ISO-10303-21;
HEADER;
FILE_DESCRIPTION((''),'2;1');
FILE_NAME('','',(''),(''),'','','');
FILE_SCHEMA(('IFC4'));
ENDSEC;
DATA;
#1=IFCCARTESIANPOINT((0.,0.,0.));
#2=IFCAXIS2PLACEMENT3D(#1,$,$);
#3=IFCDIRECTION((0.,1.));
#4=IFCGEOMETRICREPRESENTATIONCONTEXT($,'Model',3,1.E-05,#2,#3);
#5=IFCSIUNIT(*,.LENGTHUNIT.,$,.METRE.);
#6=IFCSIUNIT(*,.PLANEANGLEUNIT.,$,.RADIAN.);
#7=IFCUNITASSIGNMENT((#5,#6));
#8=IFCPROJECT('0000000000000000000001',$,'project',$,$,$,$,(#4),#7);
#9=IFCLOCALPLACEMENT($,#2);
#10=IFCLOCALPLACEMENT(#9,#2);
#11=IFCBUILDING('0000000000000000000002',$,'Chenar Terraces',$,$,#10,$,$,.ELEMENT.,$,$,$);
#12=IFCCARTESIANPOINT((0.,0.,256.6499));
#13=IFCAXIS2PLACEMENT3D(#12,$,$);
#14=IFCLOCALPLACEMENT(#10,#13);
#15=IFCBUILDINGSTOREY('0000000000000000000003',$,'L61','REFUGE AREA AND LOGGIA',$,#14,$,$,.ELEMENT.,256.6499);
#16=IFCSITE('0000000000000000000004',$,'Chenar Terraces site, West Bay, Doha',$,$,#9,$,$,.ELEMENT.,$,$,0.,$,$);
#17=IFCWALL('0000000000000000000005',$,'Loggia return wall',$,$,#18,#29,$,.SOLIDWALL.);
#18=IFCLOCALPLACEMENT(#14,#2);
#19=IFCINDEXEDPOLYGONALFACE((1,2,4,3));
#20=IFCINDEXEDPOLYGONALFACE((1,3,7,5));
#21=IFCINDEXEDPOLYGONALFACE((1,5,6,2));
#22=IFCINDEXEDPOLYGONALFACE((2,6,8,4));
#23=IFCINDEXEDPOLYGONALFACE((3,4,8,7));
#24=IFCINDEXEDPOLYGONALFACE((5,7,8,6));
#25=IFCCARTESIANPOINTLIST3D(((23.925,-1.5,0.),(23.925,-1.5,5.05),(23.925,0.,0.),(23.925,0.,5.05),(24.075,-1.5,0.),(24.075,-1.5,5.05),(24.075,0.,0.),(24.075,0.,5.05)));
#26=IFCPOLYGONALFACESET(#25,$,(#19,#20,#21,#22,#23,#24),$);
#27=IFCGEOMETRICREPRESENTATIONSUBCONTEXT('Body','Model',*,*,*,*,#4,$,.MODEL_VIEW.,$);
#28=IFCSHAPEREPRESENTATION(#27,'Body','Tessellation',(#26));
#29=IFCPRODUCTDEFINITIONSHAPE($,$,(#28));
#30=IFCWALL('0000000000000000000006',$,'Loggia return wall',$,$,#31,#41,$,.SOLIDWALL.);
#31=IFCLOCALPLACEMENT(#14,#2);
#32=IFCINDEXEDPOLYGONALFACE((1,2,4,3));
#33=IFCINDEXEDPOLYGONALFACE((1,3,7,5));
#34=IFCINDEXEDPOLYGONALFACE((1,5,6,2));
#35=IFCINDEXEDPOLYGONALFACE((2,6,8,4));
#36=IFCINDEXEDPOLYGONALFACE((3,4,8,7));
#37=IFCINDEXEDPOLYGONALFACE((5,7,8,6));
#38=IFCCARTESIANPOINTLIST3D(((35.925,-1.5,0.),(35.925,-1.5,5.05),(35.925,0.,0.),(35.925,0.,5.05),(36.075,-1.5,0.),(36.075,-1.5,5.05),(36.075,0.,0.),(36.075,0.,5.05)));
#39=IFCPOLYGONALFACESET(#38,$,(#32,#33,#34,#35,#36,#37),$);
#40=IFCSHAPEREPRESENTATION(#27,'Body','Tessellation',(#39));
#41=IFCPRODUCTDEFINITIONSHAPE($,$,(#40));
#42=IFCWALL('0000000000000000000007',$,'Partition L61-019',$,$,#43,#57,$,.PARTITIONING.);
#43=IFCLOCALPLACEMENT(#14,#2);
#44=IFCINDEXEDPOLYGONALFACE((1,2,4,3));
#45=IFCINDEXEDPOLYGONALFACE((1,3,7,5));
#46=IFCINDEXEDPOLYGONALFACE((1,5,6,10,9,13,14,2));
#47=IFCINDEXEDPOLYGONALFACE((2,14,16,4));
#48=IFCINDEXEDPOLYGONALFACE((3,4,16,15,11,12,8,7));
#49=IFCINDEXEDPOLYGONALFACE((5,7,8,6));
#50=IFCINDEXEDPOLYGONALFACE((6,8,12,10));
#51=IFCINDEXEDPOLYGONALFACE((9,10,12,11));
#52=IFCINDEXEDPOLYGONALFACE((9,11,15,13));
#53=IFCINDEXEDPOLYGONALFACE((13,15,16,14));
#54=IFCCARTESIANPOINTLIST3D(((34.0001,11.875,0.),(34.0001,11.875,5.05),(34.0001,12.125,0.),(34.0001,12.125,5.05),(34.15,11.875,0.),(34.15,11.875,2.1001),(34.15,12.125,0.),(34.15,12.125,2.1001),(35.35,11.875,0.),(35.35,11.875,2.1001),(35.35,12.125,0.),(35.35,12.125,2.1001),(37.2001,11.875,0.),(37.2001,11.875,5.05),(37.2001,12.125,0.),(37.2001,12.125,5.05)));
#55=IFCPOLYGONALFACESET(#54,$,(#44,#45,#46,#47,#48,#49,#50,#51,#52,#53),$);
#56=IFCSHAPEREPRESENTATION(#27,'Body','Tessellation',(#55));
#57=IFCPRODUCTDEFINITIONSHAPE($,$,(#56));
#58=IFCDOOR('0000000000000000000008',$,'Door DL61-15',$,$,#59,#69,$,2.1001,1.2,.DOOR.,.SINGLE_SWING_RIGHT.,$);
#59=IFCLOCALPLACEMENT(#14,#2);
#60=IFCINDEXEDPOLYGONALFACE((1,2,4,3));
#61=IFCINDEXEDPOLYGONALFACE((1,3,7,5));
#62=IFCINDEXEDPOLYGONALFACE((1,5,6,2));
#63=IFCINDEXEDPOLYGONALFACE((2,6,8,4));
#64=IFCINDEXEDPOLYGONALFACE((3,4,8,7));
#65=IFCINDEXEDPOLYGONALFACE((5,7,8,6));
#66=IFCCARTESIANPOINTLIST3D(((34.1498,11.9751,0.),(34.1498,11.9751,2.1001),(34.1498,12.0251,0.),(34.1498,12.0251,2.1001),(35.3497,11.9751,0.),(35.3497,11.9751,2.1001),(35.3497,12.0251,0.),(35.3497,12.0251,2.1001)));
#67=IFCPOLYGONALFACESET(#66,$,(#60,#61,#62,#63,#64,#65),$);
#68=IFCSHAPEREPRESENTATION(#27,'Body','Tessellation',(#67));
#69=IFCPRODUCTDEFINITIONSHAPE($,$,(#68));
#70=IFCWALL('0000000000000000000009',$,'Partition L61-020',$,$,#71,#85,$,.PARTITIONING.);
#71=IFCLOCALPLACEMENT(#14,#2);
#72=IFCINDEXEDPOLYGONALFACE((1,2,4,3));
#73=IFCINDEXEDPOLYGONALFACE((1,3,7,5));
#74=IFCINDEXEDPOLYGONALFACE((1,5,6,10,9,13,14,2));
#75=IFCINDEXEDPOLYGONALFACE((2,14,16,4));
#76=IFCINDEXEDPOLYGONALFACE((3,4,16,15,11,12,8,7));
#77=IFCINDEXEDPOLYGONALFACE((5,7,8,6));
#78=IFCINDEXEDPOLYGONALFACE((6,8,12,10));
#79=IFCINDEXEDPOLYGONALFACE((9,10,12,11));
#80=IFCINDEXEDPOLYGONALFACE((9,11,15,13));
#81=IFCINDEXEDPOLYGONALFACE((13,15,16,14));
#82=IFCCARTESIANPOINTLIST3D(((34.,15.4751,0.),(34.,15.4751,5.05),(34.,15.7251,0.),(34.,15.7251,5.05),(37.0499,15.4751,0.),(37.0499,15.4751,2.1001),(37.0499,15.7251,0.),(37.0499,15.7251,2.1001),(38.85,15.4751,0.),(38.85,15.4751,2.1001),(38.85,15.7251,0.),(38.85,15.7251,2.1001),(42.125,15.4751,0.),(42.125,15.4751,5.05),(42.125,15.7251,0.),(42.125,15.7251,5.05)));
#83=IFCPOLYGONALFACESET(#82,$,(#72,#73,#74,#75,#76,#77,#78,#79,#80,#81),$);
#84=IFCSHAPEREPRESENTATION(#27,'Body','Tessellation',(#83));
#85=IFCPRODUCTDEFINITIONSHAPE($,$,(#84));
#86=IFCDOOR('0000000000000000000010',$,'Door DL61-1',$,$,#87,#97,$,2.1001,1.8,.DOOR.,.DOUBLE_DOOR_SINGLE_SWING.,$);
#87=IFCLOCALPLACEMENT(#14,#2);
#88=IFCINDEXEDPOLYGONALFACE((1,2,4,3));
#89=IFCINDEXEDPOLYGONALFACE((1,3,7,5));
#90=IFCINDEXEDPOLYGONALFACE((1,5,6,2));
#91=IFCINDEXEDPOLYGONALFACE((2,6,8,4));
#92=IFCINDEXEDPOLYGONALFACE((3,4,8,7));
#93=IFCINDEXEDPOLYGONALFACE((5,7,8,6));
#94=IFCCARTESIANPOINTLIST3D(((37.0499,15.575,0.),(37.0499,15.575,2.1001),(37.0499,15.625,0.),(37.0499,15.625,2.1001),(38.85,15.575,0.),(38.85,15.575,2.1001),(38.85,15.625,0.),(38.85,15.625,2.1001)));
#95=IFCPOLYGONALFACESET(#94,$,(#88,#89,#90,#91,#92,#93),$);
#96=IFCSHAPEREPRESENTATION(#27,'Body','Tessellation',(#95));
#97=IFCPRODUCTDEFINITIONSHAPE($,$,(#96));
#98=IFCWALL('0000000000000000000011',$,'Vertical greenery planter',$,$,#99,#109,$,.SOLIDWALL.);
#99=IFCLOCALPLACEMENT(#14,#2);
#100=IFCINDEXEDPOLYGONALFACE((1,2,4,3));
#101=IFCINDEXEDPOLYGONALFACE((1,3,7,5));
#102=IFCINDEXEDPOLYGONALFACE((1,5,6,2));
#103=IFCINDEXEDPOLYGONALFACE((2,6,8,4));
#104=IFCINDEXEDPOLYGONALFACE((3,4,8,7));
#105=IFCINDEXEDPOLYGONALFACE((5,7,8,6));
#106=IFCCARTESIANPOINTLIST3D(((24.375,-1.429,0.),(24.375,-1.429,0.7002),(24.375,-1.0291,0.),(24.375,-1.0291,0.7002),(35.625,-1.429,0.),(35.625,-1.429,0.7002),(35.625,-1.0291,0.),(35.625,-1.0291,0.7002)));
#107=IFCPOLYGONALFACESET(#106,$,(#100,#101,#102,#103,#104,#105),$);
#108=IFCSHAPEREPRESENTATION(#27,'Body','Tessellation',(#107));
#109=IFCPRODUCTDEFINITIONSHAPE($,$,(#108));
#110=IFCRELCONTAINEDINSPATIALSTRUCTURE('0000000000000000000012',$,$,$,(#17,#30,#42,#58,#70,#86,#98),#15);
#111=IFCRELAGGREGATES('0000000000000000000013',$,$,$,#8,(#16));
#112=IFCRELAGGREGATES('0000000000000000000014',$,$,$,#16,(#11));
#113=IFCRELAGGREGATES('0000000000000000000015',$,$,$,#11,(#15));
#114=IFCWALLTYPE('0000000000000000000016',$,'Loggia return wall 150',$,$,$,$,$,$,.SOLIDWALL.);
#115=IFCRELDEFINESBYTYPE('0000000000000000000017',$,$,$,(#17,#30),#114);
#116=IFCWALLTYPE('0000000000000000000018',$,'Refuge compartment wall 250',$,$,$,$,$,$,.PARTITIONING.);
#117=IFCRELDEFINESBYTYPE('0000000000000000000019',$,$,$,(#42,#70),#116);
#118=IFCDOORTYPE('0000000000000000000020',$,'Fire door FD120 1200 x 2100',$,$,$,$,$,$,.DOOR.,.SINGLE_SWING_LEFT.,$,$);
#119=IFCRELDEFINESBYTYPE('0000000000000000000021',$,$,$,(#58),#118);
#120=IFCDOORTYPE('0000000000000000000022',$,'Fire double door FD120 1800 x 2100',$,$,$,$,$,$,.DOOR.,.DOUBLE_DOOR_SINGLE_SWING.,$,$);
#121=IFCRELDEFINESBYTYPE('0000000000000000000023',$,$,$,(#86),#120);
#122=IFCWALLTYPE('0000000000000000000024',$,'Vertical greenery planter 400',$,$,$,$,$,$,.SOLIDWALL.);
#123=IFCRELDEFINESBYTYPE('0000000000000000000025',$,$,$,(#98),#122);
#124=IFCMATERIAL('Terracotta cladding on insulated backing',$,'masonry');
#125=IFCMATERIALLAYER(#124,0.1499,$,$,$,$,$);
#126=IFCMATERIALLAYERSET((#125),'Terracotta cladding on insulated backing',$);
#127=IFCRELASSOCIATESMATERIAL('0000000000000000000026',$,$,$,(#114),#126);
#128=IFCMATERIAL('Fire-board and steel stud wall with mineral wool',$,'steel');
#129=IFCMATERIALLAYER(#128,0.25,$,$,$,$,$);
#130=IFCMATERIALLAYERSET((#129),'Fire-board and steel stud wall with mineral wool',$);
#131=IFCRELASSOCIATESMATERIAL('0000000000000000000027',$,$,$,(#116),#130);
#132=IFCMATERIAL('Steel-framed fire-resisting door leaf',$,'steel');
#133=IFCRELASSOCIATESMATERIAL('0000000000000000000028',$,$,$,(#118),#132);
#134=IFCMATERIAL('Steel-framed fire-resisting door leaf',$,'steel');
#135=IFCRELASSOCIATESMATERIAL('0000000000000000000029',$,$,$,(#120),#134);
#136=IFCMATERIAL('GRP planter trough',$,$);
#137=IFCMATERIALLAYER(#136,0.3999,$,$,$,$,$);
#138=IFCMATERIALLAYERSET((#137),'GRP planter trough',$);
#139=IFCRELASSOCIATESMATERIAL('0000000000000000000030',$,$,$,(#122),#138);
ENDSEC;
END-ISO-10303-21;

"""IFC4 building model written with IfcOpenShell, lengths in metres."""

from ifc_helpers import new_model, si_unit, direction, frame, frame_2d, origin, place, context, subcontext, project, spatial, rectangle, extrude, material, layer, layer_set, type_object, element, fill, save


model = new_model("IFC4")

# Units and contexts
model_context = context("Model", 3, precision=1e-05, world=origin(), true_north=direction((0.0, 1.0)))
body_context = subcontext(model_context, "Body", "Model", "MODEL_VIEW")
ifc_project = project(units=[si_unit("LENGTHUNIT", "METRE"), si_unit("PLANEANGLEUNIT", "RADIAN")], contexts=[model_context])

# Site, building, storey
site_placement = place(None, origin())
site = spatial("IfcSite", under=ifc_project, at=site_placement, Name="Chenar Terraces site, West Bay, Doha", CompositionType="ELEMENT", RefElevation=0.0)
building_placement = place(site_placement, origin())
building = spatial("IfcBuilding", under=site, at=building_placement, Name="Chenar Terraces", CompositionType="ELEMENT")
storey_placement = place(building_placement, frame((0.0, 0.0, 256.6499)))
storey = spatial("IfcBuildingStorey", under=building, at=storey_placement, Name="L61", Description="REFUGE AREA AND LOGGIA", CompositionType="ELEMENT", Elevation=256.6499)

# Walls
ifc_material_1 = material(Name="Terracotta cladding on insulated backing", Category="masonry")
ifc_layer_1 = layer(ifc_material_1, 0.1499)
ifc_layer_set_1 = layer_set([ifc_layer_1], Name="Terracotta cladding on insulated backing")
wall_type_1 = type_object("IfcWallType", Name="Loggia return wall 150", PredefinedType="SOLIDWALL", material=ifc_layer_set_1)
for number, where, z_axis, x_axis, name in (
    (1, (24.0, -1.5, 0.0), (0.0, 0.0, 1.0), (0.0, 1.0, 0.0), "Loggia return wall"),
    (2, (36.0, -1.5, 0.0), (0.0, 0.0, 1.0), (0.0, 1.0, 0.0), "Loggia return wall"),
):
    element("IfcWall", number, at=place(storey_placement, frame(where, z_axis=z_axis, x_axis=x_axis)), inside=storey, type_object=wall_type_1, Name=name, PredefinedType="SOLIDWALL", context=body_context, shape_type="SweptSolid", body=[
        extrude(rectangle(XDim=1.5, YDim=0.1499, at=frame_2d((0.75, 0.0))), origin(), (0.0, 0.0, 1.0), 5.05),
    ])

# Walls, openings, doors
ifc_material_2 = material(Name="Fire-board and steel stud wall with mineral wool", Category="steel")
ifc_layer_2 = layer(ifc_material_2, 0.25)
ifc_layer_set_2 = layer_set([ifc_layer_2], Name="Fire-board and steel stud wall with mineral wool")
wall_type_2 = type_object("IfcWallType", Name="Refuge compartment wall 250", PredefinedType="PARTITIONING", material=ifc_layer_set_2)
wall_1_placement = place(storey_placement, frame((34.0, 12.0, 0.0), z_axis=(0.0, 0.0, 1.0), x_axis=(1.0, 0.0, 0.0)))
wall_1 = element("IfcWall", 3, at=wall_1_placement, inside=storey, type_object=wall_type_2, Name="Partition L61-019", PredefinedType="PARTITIONING", context=body_context, shape_type="SweptSolid", body=[
    extrude(rectangle(XDim=3.2, YDim=0.25, at=frame_2d((1.6001, 0.0))), origin(), (0.0, 0.0, 1.0), 5.05),
])
opening_1_placement = place(wall_1_placement, frame((0.1499, 0.0, 0.0)))
opening_1 = element("IfcOpeningElement", 4, at=opening_1_placement, cuts=wall_1, PredefinedType="OPENING", context=body_context, shape_type="SweptSolid", body=[
    extrude(rectangle(XDim=1.2, YDim=2.1001, at=frame_2d((0.6001, 1.05))), frame((0.0, 0.135, 0.0), z_axis=(0.0, -1.0, 0.0), x_axis=(1.0, 0.0, 0.0)), (0.0, 0.0, 1.0), 0.27),
])
ifc_material_3 = material(Name="Steel-framed fire-resisting door leaf", Category="steel")
door_type_1 = type_object("IfcDoorType", Name="Fire door FD120 1200 x 2100", OperationType="SINGLE_SWING_LEFT", PredefinedType="DOOR", material=ifc_material_3)
door_1_placement = place(opening_1_placement, frame((1.2, 0.0, 0.0), z_axis=(0.0, 0.0, 1.0), x_axis=(-1.0, 0.0, 0.0)))
door_1 = element("IfcDoor", 5, at=door_1_placement, inside=storey, type_object=door_type_1, Name="Door DL61-15", OperationType="SINGLE_SWING_RIGHT", OverallHeight=2.1001, OverallWidth=1.2, PredefinedType="DOOR", context=body_context, shape_type="SweptSolid", body=[
    extrude(rectangle(XDim=1.2, YDim=2.1001, at=frame_2d((0.6001, 1.05))), frame((0.0, 0.0249, 0.0), z_axis=(0.0, -1.0, 0.0), x_axis=(1.0, 0.0, 0.0)), (0.0, 0.0, 1.0), 0.05),
])
fill(opening_1, door_1)
wall_2_placement = place(storey_placement, frame((34.0, 15.6001, 0.0), z_axis=(0.0, 0.0, 1.0), x_axis=(1.0, 0.0, 0.0)))
wall_2 = element("IfcWall", 6, at=wall_2_placement, inside=storey, type_object=wall_type_2, Name="Partition L61-020", PredefinedType="PARTITIONING", context=body_context, shape_type="SweptSolid", body=[
    extrude(rectangle(XDim=8.125, YDim=0.25, at=frame_2d((4.0625, 0.0))), origin(), (0.0, 0.0, 1.0), 5.05),
])
opening_2_placement = place(wall_2_placement, frame((3.05, 0.0, 0.0)))
opening_2 = element("IfcOpeningElement", 7, at=opening_2_placement, cuts=wall_2, PredefinedType="OPENING", context=body_context, shape_type="SweptSolid", body=[
    extrude(rectangle(XDim=1.8, YDim=2.1001, at=frame_2d((0.8999, 1.05))), frame((0.0, 0.135, 0.0), z_axis=(0.0, -1.0, 0.0), x_axis=(1.0, 0.0, 0.0)), (0.0, 0.0, 1.0), 0.27),
])
ifc_material_4 = material(Name="Steel-framed fire-resisting door leaf", Category="steel")
door_type_2 = type_object("IfcDoorType", Name="Fire double door FD120 1800 x 2100", OperationType="DOUBLE_DOOR_SINGLE_SWING", PredefinedType="DOOR", material=ifc_material_4)
door_2_placement = place(opening_2_placement, origin())
door_2 = element("IfcDoor", 8, at=door_2_placement, inside=storey, type_object=door_type_2, Name="Door DL61-1", OperationType="DOUBLE_DOOR_SINGLE_SWING", OverallHeight=2.1001, OverallWidth=1.8, PredefinedType="DOOR", context=body_context, shape_type="SweptSolid", body=[
    extrude(rectangle(XDim=1.8, YDim=2.1001, at=frame_2d((0.8999, 1.05))), frame((0.0, 0.0249, 0.0), z_axis=(0.0, -1.0, 0.0), x_axis=(1.0, 0.0, 0.0)), (0.0, 0.0, 1.0), 0.05),
])
fill(opening_2, door_2)

# Wall
ifc_material_5 = material(Name="GRP planter trough")
ifc_layer_3 = layer(ifc_material_5, 0.3999)
ifc_layer_set_3 = layer_set([ifc_layer_3], Name="GRP planter trough")
wall_type_3 = type_object("IfcWallType", Name="Vertical greenery planter 400", PredefinedType="SOLIDWALL", material=ifc_layer_set_3)
wall_3_placement = place(storey_placement, frame((24.375, -1.229, 0.0), z_axis=(0.0, 0.0, 1.0), x_axis=(1.0, 0.0, 0.0)))
element("IfcWall", 9, at=wall_3_placement, inside=storey, type_object=wall_type_3, Name="Vertical greenery planter", PredefinedType="SOLIDWALL", context=body_context, shape_type="SweptSolid", body=[
    extrude(rectangle(XDim=11.25, YDim=0.3999, at=frame_2d((5.625, 0.0))), origin(), (0.0, 0.0, 1.0), 0.7002),
])

save(model, "model.ifc")
